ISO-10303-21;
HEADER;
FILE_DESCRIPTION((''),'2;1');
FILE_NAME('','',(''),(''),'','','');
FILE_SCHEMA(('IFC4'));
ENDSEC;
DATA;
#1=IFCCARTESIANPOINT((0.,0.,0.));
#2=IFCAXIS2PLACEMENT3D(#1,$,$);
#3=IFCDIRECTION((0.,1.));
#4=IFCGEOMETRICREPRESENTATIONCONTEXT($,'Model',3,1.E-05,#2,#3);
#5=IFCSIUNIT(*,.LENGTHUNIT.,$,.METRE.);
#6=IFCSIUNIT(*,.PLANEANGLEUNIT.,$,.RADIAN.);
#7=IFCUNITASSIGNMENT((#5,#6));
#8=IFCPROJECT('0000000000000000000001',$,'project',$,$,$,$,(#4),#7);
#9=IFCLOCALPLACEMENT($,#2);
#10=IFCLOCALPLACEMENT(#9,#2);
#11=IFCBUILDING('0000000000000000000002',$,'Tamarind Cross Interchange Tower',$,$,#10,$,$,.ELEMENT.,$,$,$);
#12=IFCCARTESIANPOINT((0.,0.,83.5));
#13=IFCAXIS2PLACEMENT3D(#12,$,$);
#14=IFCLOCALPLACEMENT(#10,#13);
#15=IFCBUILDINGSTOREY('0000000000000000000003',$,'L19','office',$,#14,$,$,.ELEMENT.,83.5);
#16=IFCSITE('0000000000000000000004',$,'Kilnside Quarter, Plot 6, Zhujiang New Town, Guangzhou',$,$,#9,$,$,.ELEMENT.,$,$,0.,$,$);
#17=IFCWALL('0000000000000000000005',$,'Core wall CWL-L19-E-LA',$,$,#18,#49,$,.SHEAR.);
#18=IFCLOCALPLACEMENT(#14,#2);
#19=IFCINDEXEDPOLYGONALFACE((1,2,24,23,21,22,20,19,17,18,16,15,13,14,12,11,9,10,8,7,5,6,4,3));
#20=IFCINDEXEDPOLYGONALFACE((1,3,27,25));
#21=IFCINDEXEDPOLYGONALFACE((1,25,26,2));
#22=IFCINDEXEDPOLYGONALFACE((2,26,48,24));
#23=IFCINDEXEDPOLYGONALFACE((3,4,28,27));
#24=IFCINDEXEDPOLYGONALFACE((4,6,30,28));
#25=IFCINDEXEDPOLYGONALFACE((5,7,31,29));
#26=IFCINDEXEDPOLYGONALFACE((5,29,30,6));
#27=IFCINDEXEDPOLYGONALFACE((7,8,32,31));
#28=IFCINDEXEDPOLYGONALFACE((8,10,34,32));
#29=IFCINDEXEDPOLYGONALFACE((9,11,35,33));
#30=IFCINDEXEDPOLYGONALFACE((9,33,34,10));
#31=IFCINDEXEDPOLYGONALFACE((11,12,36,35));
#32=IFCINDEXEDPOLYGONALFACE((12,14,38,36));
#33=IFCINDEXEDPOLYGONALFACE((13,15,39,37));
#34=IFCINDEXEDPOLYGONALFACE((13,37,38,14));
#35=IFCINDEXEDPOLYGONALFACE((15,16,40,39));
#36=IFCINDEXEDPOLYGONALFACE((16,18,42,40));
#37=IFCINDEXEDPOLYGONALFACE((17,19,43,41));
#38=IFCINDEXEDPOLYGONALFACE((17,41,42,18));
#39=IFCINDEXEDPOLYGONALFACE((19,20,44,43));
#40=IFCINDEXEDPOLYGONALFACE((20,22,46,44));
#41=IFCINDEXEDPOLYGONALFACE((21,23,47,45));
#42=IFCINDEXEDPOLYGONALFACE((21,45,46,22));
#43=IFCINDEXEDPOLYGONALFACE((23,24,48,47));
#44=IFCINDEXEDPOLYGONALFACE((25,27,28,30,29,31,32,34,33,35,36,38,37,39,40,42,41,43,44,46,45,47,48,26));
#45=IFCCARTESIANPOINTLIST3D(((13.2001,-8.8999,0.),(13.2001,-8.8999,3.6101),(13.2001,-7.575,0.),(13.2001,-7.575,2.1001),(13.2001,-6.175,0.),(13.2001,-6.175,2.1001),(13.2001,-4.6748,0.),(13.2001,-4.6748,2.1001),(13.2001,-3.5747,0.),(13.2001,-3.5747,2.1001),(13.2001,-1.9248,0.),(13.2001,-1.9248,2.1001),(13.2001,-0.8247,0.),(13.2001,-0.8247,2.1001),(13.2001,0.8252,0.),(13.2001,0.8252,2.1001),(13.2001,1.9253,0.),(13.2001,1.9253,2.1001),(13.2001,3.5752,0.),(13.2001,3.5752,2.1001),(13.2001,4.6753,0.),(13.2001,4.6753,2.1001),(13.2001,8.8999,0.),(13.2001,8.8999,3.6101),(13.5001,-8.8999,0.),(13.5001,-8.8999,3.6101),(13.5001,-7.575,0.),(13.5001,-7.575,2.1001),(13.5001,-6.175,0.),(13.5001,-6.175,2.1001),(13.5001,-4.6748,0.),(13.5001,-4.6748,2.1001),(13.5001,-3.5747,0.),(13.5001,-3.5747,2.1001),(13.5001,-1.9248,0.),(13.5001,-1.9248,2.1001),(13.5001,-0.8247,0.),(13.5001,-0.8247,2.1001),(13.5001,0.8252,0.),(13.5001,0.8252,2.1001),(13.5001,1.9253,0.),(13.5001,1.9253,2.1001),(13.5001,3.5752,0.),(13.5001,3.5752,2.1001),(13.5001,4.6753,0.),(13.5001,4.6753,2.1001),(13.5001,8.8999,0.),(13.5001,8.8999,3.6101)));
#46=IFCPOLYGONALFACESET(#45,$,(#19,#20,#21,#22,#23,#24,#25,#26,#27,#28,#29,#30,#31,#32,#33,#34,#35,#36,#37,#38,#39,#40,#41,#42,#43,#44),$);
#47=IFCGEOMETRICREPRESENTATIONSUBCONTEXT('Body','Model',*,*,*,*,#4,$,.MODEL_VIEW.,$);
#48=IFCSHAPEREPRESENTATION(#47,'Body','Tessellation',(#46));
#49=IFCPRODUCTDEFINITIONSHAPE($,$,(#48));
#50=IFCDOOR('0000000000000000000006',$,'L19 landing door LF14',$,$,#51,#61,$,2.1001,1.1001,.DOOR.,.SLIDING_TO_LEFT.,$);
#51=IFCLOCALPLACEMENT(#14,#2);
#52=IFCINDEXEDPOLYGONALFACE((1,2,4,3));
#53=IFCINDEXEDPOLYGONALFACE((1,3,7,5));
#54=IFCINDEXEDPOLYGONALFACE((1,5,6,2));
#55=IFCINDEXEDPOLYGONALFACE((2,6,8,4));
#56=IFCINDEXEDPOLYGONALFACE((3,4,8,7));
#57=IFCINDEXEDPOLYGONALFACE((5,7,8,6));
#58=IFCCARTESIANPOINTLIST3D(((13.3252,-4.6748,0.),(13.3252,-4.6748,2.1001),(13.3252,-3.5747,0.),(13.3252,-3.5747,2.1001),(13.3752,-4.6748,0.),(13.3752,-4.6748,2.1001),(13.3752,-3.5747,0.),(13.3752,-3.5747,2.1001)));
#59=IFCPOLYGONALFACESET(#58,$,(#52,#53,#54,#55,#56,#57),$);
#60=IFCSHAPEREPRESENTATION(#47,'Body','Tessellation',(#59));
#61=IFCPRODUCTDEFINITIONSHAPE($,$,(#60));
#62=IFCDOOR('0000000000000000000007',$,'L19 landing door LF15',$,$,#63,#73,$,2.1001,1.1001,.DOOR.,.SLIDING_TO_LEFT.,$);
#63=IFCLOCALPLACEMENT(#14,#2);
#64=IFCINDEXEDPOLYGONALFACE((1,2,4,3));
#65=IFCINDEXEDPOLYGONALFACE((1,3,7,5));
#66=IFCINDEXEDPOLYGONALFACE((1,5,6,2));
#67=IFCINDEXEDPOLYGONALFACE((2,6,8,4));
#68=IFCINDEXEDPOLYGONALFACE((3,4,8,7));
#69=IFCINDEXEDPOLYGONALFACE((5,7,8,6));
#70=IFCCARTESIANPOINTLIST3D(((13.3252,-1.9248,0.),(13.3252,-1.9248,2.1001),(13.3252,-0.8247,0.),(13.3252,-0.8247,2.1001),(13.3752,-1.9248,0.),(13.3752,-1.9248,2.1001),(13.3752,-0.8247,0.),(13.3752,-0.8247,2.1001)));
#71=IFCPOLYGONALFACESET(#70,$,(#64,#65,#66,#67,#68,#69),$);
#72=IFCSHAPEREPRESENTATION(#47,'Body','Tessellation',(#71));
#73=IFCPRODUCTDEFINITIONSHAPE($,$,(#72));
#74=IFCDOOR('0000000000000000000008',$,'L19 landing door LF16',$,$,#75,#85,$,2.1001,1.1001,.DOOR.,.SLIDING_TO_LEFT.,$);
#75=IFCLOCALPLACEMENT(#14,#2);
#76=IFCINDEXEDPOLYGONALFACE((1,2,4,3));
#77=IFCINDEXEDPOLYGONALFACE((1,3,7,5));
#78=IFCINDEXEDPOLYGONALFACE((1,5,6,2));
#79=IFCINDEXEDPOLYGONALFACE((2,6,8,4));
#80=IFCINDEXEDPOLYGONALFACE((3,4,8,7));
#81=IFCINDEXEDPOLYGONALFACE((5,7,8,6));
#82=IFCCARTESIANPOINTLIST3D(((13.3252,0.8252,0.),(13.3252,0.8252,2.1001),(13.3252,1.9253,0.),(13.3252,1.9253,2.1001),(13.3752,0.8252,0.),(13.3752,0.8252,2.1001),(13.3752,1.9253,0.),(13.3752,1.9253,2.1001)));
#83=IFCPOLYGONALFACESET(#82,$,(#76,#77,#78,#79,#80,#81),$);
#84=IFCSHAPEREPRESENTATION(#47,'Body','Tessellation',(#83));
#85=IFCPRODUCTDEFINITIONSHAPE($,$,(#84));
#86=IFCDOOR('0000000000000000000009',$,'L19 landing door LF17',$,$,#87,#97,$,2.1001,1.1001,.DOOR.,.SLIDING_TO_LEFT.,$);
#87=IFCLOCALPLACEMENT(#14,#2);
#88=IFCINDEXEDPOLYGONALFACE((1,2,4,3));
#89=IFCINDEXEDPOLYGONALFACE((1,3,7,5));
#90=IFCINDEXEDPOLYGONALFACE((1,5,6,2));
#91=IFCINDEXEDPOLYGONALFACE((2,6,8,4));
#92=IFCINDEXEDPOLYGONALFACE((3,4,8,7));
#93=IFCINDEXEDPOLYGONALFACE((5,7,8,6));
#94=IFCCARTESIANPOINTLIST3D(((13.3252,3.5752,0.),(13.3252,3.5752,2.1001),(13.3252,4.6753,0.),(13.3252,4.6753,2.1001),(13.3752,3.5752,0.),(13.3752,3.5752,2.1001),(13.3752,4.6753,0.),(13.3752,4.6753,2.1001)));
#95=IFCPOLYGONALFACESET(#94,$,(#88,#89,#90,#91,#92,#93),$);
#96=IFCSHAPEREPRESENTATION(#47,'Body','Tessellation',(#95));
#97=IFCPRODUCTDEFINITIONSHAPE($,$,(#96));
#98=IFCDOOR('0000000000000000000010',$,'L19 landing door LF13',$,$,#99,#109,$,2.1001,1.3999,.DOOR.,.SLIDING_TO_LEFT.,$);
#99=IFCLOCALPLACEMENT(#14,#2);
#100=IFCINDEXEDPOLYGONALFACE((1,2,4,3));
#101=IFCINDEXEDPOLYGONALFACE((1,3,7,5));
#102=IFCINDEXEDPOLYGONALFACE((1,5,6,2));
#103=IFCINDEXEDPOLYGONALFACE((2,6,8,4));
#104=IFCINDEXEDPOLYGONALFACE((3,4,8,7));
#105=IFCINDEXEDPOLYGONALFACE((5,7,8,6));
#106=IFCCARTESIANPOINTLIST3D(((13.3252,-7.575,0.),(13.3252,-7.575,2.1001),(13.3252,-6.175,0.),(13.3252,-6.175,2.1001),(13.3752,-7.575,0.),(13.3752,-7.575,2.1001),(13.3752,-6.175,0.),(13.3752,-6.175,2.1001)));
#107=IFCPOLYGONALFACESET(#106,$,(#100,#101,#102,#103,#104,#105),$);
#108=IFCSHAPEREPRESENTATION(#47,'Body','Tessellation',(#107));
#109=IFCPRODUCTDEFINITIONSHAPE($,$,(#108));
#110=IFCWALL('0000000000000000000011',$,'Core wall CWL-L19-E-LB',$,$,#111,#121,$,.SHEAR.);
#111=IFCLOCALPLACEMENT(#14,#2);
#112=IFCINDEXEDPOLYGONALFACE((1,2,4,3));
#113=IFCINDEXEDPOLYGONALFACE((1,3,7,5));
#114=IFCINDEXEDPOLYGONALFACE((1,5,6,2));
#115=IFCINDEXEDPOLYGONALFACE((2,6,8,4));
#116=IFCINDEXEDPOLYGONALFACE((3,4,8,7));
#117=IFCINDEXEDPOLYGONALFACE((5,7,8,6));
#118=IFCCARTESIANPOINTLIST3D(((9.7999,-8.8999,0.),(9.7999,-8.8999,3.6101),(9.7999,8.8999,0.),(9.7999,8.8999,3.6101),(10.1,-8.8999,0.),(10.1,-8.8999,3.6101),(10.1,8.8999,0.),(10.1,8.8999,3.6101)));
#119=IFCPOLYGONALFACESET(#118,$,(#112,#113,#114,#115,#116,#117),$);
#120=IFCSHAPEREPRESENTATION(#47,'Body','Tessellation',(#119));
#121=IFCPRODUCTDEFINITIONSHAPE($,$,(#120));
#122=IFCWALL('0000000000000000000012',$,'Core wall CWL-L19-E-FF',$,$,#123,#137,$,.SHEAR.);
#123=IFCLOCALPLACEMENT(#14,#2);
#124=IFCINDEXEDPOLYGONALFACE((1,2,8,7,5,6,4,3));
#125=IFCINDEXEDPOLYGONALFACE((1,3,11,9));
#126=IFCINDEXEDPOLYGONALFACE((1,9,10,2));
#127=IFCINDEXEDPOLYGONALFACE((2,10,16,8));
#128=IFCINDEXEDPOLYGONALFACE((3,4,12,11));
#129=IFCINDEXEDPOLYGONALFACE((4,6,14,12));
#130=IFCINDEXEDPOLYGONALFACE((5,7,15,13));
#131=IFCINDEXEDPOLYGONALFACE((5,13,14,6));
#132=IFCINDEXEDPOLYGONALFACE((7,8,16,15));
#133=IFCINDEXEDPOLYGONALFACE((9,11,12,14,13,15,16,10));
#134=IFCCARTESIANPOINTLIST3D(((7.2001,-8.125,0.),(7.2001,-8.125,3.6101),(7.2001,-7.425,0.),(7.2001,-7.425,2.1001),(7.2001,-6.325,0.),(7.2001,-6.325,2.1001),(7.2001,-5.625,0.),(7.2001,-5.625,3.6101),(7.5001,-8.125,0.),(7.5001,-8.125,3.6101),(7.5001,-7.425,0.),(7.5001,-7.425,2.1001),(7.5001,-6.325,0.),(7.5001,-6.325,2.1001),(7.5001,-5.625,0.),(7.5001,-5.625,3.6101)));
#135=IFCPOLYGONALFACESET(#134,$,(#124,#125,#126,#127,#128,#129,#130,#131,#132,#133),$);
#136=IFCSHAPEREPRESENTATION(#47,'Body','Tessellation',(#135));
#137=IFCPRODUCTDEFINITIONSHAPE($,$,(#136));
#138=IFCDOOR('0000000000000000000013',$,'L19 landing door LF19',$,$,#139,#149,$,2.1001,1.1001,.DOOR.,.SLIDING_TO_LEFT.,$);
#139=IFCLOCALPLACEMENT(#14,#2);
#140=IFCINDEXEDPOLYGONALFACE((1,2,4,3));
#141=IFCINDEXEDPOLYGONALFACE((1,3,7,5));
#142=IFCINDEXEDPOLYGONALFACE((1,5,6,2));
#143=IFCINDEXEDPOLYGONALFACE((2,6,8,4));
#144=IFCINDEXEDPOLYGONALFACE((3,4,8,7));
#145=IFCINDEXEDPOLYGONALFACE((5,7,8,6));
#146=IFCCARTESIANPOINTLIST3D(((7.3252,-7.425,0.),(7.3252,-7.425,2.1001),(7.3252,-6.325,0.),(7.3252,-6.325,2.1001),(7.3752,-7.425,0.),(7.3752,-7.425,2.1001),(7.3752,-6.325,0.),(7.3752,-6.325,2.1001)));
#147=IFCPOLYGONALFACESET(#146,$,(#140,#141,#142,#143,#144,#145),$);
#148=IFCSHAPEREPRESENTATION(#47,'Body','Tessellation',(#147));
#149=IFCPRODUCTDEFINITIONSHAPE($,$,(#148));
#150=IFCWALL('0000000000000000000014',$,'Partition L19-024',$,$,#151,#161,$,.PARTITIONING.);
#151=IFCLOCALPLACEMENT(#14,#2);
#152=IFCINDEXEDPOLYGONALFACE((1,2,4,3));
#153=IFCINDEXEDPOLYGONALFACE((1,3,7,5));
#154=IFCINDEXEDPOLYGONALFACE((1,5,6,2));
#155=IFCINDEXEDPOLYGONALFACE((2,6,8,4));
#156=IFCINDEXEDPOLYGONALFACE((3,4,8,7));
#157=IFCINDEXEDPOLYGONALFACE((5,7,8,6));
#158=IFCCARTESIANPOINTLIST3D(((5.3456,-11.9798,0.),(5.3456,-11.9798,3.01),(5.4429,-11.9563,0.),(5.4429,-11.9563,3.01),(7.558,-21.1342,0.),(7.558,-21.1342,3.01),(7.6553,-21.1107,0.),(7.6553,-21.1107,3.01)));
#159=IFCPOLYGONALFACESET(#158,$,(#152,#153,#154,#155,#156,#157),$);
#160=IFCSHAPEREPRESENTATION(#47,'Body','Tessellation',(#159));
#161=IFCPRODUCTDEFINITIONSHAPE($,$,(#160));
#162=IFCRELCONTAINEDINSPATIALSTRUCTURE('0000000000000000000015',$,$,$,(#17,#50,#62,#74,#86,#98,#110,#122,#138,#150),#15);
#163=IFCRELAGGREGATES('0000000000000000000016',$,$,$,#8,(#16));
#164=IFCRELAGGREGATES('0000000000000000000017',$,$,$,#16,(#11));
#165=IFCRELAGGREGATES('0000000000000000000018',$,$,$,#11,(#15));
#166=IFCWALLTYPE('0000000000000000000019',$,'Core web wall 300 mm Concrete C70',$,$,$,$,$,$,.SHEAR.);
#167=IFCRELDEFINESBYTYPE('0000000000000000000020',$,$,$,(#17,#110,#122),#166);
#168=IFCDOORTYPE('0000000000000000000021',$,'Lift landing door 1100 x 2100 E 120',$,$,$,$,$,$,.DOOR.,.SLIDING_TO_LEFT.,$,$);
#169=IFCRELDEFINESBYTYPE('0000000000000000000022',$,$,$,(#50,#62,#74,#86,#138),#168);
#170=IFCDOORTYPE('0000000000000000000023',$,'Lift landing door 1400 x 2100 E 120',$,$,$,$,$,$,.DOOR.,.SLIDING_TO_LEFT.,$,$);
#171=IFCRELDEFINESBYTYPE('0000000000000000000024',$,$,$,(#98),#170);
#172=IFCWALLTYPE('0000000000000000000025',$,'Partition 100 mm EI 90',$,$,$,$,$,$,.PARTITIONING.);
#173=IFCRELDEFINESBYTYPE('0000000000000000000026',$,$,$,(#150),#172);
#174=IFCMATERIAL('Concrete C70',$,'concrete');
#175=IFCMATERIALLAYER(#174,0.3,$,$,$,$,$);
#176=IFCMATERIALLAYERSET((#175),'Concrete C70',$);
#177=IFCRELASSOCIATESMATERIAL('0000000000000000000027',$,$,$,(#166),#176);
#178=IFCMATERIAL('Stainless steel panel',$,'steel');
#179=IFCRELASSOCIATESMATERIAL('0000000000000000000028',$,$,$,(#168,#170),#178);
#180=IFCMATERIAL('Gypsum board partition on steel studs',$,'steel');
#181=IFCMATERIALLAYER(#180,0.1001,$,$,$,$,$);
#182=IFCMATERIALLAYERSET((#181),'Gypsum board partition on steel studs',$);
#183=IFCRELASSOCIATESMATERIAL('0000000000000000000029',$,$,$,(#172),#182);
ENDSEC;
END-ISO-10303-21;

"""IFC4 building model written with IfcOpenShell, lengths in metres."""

from ifc_helpers import new_model, si_unit, direction, frame, frame_2d, origin, place, context, subcontext, project, spatial, rectangle, extrude, material, layer, layer_set, type_object, element, fill, save


model = new_model("IFC4")

# Units and contexts
model_context = context("Model", 3, precision=1e-05, world=origin(), true_north=direction((0.0, 1.0)))
body_context = subcontext(model_context, "Body", "Model", "MODEL_VIEW")
ifc_project = project(units=[si_unit("LENGTHUNIT", "METRE"), si_unit("PLANEANGLEUNIT", "RADIAN")], contexts=[model_context])

# Site, building, storey
site_placement = place(None, origin())
site = spatial("IfcSite", under=ifc_project, at=site_placement, Name="Kilnside Quarter, Plot 6, Zhujiang New Town, Guangzhou", CompositionType="ELEMENT", RefElevation=0.0)
building_placement = place(site_placement, origin())
building = spatial("IfcBuilding", under=site, at=building_placement, Name="Tamarind Cross Interchange Tower", CompositionType="ELEMENT")
storey_placement = place(building_placement, frame((0.0, 0.0, 83.5)))
storey = spatial("IfcBuildingStorey", under=building, at=storey_placement, Name="L19", Description="office", CompositionType="ELEMENT", Elevation=83.5)

# Shared definitions
ifc_material_1 = material(Name="Concrete C70", Category="concrete")

# Shared definitions
ifc_layer_1 = layer(ifc_material_1, 0.3)
ifc_layer_set_1 = layer_set([ifc_layer_1], Name="Concrete C70")
wall_type_1 = type_object("IfcWallType", Name="Core web wall 300 mm Concrete C70", PredefinedType="SHEAR", material=ifc_layer_set_1)

# Wall, openings, doors
wall_1_placement = place(storey_placement, frame((13.3501, -8.8999, 0.0), z_axis=(0.0, 0.0, 1.0), x_axis=(0.0, 1.0, 0.0)))
wall_1 = element("IfcWall", 1, at=wall_1_placement, inside=storey, type_object=wall_type_1, Name="Core wall CWL-L19-E-LA", PredefinedType="SHEAR", context=body_context, shape_type="SweptSolid", body=[
    extrude(rectangle(XDim=17.7998, YDim=0.3, at=frame_2d((8.8999, 0.0))), origin(), (0.0, 0.0, 1.0), 3.6101),
])
opening_1_placement = place(wall_1_placement, frame((1.325, 0.0, 0.0)))
opening_1 = element("IfcOpeningElement", 2, at=opening_1_placement, cuts=wall_1, PredefinedType="OPENING", context=body_context, shape_type="SweptSolid", body=[
    extrude(rectangle(XDim=1.3999, YDim=2.1001, at=frame_2d((0.7, 1.05))), frame((0.0, 0.1599, 0.0), z_axis=(0.0, -1.0, 0.0), x_axis=(1.0, 0.0, 0.0)), (0.0, 0.0, 1.0), 0.3201),
])
opening_2_placement = place(wall_1_placement, frame((4.2251, 0.0, 0.0)))
opening_2 = element("IfcOpeningElement", 3, at=opening_2_placement, cuts=wall_1, PredefinedType="OPENING", context=body_context, shape_type="SweptSolid", body=[
    extrude(rectangle(XDim=1.1001, YDim=2.1001, at=frame_2d((0.55, 1.05))), frame((0.0, 0.1599, 0.0), z_axis=(0.0, -1.0, 0.0), x_axis=(1.0, 0.0, 0.0)), (0.0, 0.0, 1.0), 0.3201),
])
opening_3_placement = place(wall_1_placement, frame((6.9751, 0.0, 0.0)))
opening_3 = element("IfcOpeningElement", 4, at=opening_3_placement, cuts=wall_1, PredefinedType="OPENING", context=body_context, shape_type="SweptSolid", body=[
    extrude(rectangle(XDim=1.1001, YDim=2.1001, at=frame_2d((0.55, 1.05))), frame((0.0, 0.1599, 0.0), z_axis=(0.0, -1.0, 0.0), x_axis=(1.0, 0.0, 0.0)), (0.0, 0.0, 1.0), 0.3201),
])
opening_4_placement = place(wall_1_placement, frame((9.7251, 0.0, 0.0)))
opening_4 = element("IfcOpeningElement", 5, at=opening_4_placement, cuts=wall_1, PredefinedType="OPENING", context=body_context, shape_type="SweptSolid", body=[
    extrude(rectangle(XDim=1.1001, YDim=2.1001, at=frame_2d((0.55, 1.05))), frame((0.0, 0.1599, 0.0), z_axis=(0.0, -1.0, 0.0), x_axis=(1.0, 0.0, 0.0)), (0.0, 0.0, 1.0), 0.3201),
])
opening_5_placement = place(wall_1_placement, frame((12.4751, 0.0, 0.0)))
opening_5 = element("IfcOpeningElement", 6, at=opening_5_placement, cuts=wall_1, PredefinedType="OPENING", context=body_context, shape_type="SweptSolid", body=[
    extrude(rectangle(XDim=1.1001, YDim=2.1001, at=frame_2d((0.55, 1.05))), frame((0.0, 0.1599, 0.0), z_axis=(0.0, -1.0, 0.0), x_axis=(1.0, 0.0, 0.0)), (0.0, 0.0, 1.0), 0.3201),
])
ifc_material_2 = material(Name="Stainless steel panel", Category="steel")
door_type_1 = type_object("IfcDoorType", Name="Lift landing door 1100 x 2100 E 120", OperationType="SLIDING_TO_LEFT", PredefinedType="DOOR", material=ifc_material_2)
door_1_placement = place(opening_2_placement, origin())
door_1 = element("IfcDoor", 7, at=door_1_placement, inside=storey, type_object=door_type_1, Name="L19 landing door LF14", OperationType="SLIDING_TO_LEFT", OverallHeight=2.1001, OverallWidth=1.1001, PredefinedType="DOOR", context=body_context, shape_type="SweptSolid", body=[
    extrude(rectangle(XDim=1.1001, YDim=2.1001, at=frame_2d((0.55, 1.05))), frame((0.0, 0.0249, 0.0), z_axis=(0.0, -1.0, 0.0), x_axis=(1.0, 0.0, 0.0)), (0.0, 0.0, 1.0), 0.05),
])
fill(opening_2, door_1)
door_2_placement = place(opening_3_placement, origin())
door_2 = element("IfcDoor", 8, at=door_2_placement, inside=storey, type_object=door_type_1, Name="L19 landing door LF15", OperationType="SLIDING_TO_LEFT", OverallHeight=2.1001, OverallWidth=1.1001, PredefinedType="DOOR", context=body_context, shape_type="SweptSolid", body=[
    extrude(rectangle(XDim=1.1001, YDim=2.1001, at=frame_2d((0.55, 1.05))), frame((0.0, 0.0249, 0.0), z_axis=(0.0, -1.0, 0.0), x_axis=(1.0, 0.0, 0.0)), (0.0, 0.0, 1.0), 0.05),
])
fill(opening_3, door_2)
door_3_placement = place(opening_4_placement, origin())
door_3 = element("IfcDoor", 9, at=door_3_placement, inside=storey, type_object=door_type_1, Name="L19 landing door LF16", OperationType="SLIDING_TO_LEFT", OverallHeight=2.1001, OverallWidth=1.1001, PredefinedType="DOOR", context=body_context, shape_type="SweptSolid", body=[
    extrude(rectangle(XDim=1.1001, YDim=2.1001, at=frame_2d((0.55, 1.05))), frame((0.0, 0.0249, 0.0), z_axis=(0.0, -1.0, 0.0), x_axis=(1.0, 0.0, 0.0)), (0.0, 0.0, 1.0), 0.05),
])
fill(opening_4, door_3)
door_4_placement = place(opening_5_placement, origin())
door_4 = element("IfcDoor", 10, at=door_4_placement, inside=storey, type_object=door_type_1, Name="L19 landing door LF17", OperationType="SLIDING_TO_LEFT", OverallHeight=2.1001, OverallWidth=1.1001, PredefinedType="DOOR", context=body_context, shape_type="SweptSolid", body=[
    extrude(rectangle(XDim=1.1001, YDim=2.1001, at=frame_2d((0.55, 1.05))), frame((0.0, 0.0249, 0.0), z_axis=(0.0, -1.0, 0.0), x_axis=(1.0, 0.0, 0.0)), (0.0, 0.0, 1.0), 0.05),
])
fill(opening_5, door_4)
door_type_2 = type_object("IfcDoorType", Name="Lift landing door 1400 x 2100 E 120", OperationType="SLIDING_TO_LEFT", PredefinedType="DOOR", material=ifc_material_2)
door_5_placement = place(opening_1_placement, origin())
door_5 = element("IfcDoor", 11, at=door_5_placement, inside=storey, type_object=door_type_2, Name="L19 landing door LF13", OperationType="SLIDING_TO_LEFT", OverallHeight=2.1001, OverallWidth=1.3999, PredefinedType="DOOR", context=body_context, shape_type="SweptSolid", body=[
    extrude(rectangle(XDim=1.3999, YDim=2.1001, at=frame_2d((0.7, 1.05))), frame((0.0, 0.0249, 0.0), z_axis=(0.0, -1.0, 0.0), x_axis=(1.0, 0.0, 0.0)), (0.0, 0.0, 1.0), 0.05),
])
fill(opening_1, door_5)

# Wall
wall_2_placement = place(storey_placement, frame((9.95, -8.8999, 0.0), z_axis=(0.0, 0.0, 1.0), x_axis=(0.0, 1.0, 0.0)))
element("IfcWall", 12, at=wall_2_placement, inside=storey, type_object=wall_type_1, Name="Core wall CWL-L19-E-LB", PredefinedType="SHEAR", context=body_context, shape_type="SweptSolid", body=[
    extrude(rectangle(XDim=17.7998, YDim=0.3, at=frame_2d((8.8999, 0.0))), origin(), (0.0, 0.0, 1.0), 3.6101),
])

# Wall, opening, door
wall_3_placement = place(storey_placement, frame((7.3501, -8.125, 0.0), z_axis=(0.0, 0.0, 1.0), x_axis=(0.0, 1.0, 0.0)))
wall_3 = element("IfcWall", 13, at=wall_3_placement, inside=storey, type_object=wall_type_1, Name="Core wall CWL-L19-E-FF", PredefinedType="SHEAR", context=body_context, shape_type="SweptSolid", body=[
    extrude(rectangle(XDim=2.5, YDim=0.3, at=frame_2d((1.25, 0.0))), origin(), (0.0, 0.0, 1.0), 3.6101),
])
opening_6_placement = place(wall_3_placement, frame((0.7, 0.0, 0.0)))
opening_6 = element("IfcOpeningElement", 14, at=opening_6_placement, cuts=wall_3, PredefinedType="OPENING", context=body_context, shape_type="SweptSolid", body=[
    extrude(rectangle(XDim=1.1001, YDim=2.1001, at=frame_2d((0.55, 1.05))), frame((0.0, 0.1599, 0.0), z_axis=(0.0, -1.0, 0.0), x_axis=(1.0, 0.0, 0.0)), (0.0, 0.0, 1.0), 0.3201),
])
door_6_placement = place(opening_6_placement, origin())
door_6 = element("IfcDoor", 15, at=door_6_placement, inside=storey, type_object=door_type_1, Name="L19 landing door LF19", OperationType="SLIDING_TO_LEFT", OverallHeight=2.1001, OverallWidth=1.1001, PredefinedType="DOOR", context=body_context, shape_type="SweptSolid", body=[
    extrude(rectangle(XDim=1.1001, YDim=2.1001, at=frame_2d((0.55, 1.05))), frame((0.0, 0.0249, 0.0), z_axis=(0.0, -1.0, 0.0), x_axis=(1.0, 0.0, 0.0)), (0.0, 0.0, 1.0), 0.05),
])
fill(opening_6, door_6)

# Wall
ifc_material_3 = material(Name="Gypsum board partition on steel studs", Category="steel")
ifc_layer_2 = layer(ifc_material_3, 0.1001)
ifc_layer_set_2 = layer_set([ifc_layer_2], Name="Gypsum board partition on steel studs")
wall_type_2 = type_object("IfcWallType", Name="Partition 100 mm EI 90", PredefinedType="PARTITIONING", material=ifc_layer_set_2)
wall_4_placement = place(storey_placement, frame((5.3943, -11.968, 0.0), z_axis=(0.0, 0.0, 1.0), x_axis=(0.23491, -0.972017, 0.0)))
element("IfcWall", 16, at=wall_4_placement, inside=storey, type_object=wall_type_2, Name="Partition L19-024", PredefinedType="PARTITIONING", context=body_context, shape_type="SweptSolid", body=[
    extrude(rectangle(XDim=9.418, YDim=0.1001, at=frame_2d((4.709, 0.0))), origin(), (0.0, 0.0, 1.0), 3.01),
])

save(model, "model.ifc")
